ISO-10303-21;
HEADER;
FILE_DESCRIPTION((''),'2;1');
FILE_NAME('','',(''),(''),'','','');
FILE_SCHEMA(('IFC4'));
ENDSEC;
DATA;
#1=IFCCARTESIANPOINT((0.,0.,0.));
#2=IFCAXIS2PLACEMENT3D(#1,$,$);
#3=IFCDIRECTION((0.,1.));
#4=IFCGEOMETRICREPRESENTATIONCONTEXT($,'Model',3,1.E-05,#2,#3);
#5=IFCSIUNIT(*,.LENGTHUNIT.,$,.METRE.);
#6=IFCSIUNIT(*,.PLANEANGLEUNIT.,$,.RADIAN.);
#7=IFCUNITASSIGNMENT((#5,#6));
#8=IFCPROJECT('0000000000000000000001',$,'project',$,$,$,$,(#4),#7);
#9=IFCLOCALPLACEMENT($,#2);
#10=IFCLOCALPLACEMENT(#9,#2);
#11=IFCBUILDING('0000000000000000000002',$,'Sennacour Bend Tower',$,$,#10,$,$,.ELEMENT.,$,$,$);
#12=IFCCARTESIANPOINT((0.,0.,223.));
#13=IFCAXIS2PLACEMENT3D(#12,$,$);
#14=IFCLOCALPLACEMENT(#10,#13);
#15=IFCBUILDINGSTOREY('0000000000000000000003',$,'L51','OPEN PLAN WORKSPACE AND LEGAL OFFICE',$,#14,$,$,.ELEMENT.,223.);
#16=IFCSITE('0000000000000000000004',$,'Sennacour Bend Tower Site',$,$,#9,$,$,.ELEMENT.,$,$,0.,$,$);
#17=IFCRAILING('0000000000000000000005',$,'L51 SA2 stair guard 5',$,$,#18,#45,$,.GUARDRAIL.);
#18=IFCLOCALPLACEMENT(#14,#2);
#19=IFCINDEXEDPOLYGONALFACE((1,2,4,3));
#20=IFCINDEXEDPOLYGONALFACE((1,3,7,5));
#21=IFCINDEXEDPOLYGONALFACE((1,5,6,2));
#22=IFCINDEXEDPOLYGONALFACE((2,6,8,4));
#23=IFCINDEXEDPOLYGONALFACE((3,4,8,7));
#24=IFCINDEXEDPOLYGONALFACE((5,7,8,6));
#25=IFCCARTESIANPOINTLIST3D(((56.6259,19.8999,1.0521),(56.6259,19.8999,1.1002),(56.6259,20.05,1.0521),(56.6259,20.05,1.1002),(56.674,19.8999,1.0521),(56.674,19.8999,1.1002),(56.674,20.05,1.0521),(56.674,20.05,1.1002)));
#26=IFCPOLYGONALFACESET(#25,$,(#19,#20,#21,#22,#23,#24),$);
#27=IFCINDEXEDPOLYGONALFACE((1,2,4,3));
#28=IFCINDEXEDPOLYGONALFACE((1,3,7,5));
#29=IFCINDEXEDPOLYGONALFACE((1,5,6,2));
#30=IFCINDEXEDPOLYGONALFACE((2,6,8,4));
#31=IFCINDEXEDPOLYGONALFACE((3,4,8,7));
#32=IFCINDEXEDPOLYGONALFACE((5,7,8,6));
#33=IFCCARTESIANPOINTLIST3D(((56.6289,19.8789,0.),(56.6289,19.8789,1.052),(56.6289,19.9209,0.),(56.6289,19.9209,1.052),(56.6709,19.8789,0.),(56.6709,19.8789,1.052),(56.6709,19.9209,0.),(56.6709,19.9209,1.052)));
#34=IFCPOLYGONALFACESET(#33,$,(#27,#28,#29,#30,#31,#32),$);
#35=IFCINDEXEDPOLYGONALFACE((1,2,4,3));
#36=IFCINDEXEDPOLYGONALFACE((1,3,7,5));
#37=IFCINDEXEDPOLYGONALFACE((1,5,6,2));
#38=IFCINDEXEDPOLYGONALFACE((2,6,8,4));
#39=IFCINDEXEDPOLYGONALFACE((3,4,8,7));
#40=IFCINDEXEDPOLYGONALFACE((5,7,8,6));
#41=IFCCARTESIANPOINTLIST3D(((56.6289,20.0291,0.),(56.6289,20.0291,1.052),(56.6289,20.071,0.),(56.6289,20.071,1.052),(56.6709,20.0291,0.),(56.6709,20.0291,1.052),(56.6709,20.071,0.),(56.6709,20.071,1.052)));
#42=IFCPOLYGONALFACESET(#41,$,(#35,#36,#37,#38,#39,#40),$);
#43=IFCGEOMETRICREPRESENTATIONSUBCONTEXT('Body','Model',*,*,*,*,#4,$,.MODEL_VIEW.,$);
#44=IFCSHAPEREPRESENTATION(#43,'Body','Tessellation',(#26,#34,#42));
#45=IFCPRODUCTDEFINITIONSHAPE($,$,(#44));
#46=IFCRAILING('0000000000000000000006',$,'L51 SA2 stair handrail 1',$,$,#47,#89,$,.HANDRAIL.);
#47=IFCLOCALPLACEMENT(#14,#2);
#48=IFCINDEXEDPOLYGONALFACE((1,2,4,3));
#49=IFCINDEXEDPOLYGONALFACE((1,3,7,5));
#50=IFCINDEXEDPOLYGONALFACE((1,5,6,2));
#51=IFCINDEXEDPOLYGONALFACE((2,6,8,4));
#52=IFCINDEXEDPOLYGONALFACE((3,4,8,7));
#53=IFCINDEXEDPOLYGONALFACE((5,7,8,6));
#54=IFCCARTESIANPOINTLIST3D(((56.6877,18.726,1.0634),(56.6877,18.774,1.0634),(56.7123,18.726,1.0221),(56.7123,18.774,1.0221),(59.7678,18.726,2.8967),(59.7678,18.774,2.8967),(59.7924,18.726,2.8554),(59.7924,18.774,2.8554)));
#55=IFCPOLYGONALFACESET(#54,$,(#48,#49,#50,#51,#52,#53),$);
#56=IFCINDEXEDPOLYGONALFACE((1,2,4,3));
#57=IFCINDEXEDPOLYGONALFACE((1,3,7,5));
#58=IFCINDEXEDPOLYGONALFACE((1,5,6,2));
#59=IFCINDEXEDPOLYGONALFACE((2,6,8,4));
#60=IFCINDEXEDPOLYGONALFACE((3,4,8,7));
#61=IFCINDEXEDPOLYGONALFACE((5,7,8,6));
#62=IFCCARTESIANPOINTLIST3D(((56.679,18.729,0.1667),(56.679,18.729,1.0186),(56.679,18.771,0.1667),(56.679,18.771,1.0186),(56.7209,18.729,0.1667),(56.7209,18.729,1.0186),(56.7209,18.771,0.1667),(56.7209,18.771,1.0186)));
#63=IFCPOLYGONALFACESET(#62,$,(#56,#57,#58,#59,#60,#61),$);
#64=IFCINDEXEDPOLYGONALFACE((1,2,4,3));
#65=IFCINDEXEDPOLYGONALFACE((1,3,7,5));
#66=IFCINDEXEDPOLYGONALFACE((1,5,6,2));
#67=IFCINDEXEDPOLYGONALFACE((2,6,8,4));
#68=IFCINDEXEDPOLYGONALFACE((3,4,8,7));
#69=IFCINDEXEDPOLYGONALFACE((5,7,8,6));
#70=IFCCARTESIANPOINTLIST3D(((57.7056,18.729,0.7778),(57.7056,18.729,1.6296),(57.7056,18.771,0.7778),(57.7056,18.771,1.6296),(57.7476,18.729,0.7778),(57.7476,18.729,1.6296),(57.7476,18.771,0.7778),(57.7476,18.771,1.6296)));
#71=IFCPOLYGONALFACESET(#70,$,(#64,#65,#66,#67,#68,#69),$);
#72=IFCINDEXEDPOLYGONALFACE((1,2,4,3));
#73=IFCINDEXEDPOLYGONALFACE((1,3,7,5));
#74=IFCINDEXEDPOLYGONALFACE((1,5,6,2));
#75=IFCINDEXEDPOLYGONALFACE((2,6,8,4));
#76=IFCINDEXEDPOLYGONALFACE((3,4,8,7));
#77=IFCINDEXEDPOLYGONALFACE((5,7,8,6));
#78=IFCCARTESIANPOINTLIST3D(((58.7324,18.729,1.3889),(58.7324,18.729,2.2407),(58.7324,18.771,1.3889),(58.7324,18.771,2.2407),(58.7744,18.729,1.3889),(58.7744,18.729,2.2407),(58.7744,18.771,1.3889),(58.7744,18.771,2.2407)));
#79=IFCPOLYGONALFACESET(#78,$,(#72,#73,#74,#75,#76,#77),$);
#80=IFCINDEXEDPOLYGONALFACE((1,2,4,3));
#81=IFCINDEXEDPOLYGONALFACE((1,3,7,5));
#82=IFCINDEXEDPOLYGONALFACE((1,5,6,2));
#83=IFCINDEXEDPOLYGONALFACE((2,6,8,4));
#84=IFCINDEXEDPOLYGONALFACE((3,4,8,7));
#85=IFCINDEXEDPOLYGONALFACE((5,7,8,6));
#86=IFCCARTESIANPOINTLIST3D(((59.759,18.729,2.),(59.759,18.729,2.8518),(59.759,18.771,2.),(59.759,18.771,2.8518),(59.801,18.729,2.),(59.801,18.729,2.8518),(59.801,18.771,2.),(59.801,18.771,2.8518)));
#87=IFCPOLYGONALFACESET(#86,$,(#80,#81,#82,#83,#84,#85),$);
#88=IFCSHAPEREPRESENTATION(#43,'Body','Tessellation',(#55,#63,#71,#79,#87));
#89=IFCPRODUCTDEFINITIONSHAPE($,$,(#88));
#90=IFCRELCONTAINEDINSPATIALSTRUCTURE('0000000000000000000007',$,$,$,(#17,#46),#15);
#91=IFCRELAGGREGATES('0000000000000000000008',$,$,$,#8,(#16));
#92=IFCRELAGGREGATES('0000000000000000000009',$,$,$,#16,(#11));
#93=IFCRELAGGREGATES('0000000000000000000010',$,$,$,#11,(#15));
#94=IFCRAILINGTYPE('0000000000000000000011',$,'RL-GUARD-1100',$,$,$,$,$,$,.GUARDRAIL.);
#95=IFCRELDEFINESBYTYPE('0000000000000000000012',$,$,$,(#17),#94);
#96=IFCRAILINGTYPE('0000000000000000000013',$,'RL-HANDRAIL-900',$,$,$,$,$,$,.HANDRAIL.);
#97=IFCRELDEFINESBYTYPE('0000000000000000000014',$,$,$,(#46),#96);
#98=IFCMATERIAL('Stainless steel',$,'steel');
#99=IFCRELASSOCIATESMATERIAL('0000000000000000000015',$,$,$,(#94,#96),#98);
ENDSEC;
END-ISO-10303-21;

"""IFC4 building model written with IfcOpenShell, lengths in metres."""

from ifc_helpers import new_model, si_unit, direction, frame, origin, origin_2d, place, context, subcontext, project, spatial, rectangle, extrude, material, type_object, element, save


model = new_model("IFC4")

# Units and contexts
model_context = context("Model", 3, precision=1e-05, world=origin(), true_north=direction((0.0, 1.0)))
body_context = subcontext(model_context, "Body", "Model", "MODEL_VIEW")
ifc_project = project(units=[si_unit("LENGTHUNIT", "METRE"), si_unit("PLANEANGLEUNIT", "RADIAN")], contexts=[model_context])

# Site, building, storey
site_placement = place(None, origin())
site = spatial("IfcSite", under=ifc_project, at=site_placement, Name="Sennacour Bend Tower Site", CompositionType="ELEMENT", RefElevation=0.0)
building_placement = place(site_placement, origin())
building = spatial("IfcBuilding", under=site, at=building_placement, Name="Sennacour Bend Tower", CompositionType="ELEMENT")
storey_placement = place(building_placement, frame((0.0, 0.0, 223.0)))
storey = spatial("IfcBuildingStorey", under=building, at=storey_placement, Name="L51", Description="OPEN PLAN WORKSPACE AND LEGAL OFFICE", CompositionType="ELEMENT", Elevation=223.0)

# Shared definitions
ifc_material_1 = material(Name="Stainless steel", Category="steel")

# Railings
railing_type_1 = type_object("IfcRailingType", Name="RL-GUARD-1100", PredefinedType="GUARDRAIL", material=ifc_material_1)
railing_1_placement = place(storey_placement, frame((56.6499, 19.8999, 0.0)))
element("IfcRailing", 1, at=railing_1_placement, inside=storey, type_object=railing_type_1, Name="L51 SA2 stair guard 5", PredefinedType="GUARDRAIL", context=body_context, shape_type="SweptSolid", body=[
    extrude(rectangle(XDim=0.0481, YDim=0.0481, at=origin_2d()), frame((0.0, 0.0, 1.0762), z_axis=(0.0, 1.0, 0.0), x_axis=(-1.0, 0.0, 0.0)), (0.0, 0.0, 1.0), 0.1501),
    extrude(rectangle(XDim=0.042, YDim=0.042, at=origin_2d()), origin(), (0.0, 0.0, 1.0), 1.052),
    extrude(rectangle(XDim=0.042, YDim=0.042, at=origin_2d()), frame((0.0, 0.1501, 0.0)), (0.0, 0.0, 1.0), 1.052),
])
railing_type_2 = type_object("IfcRailingType", Name="RL-HANDRAIL-900", PredefinedType="HANDRAIL", material=ifc_material_1)
railing_2_placement = place(storey_placement, frame((56.7, 18.75, 0.1667)))
element("IfcRailing", 2, at=railing_2_placement, inside=storey, type_object=railing_type_2, Name="L51 SA2 stair handrail 1", PredefinedType="HANDRAIL", context=body_context, shape_type="SweptSolid", body=[
    extrude(rectangle(XDim=0.0481, YDim=0.0481, at=origin_2d()), frame((0.0, 0.0, 0.876), z_axis=(0.859309, 0.0, 0.511458), x_axis=(0.0, 1.0, 0.0)), (0.0, 0.0, 1.0), 3.5845),
    extrude(rectangle(XDim=0.042, YDim=0.042, at=origin_2d()), origin(), (0.0, 0.0, 1.0), 0.8518),
    extrude(rectangle(XDim=0.042, YDim=0.042, at=origin_2d()), frame((1.0266, 0.0, 0.6111)), (0.0, 0.0, 1.0), 0.8518),
    extrude(rectangle(XDim=0.042, YDim=0.042, at=origin_2d()), frame((2.0535, 0.0, 1.2222)), (0.0, 0.0, 1.0), 0.8518),
    extrude(rectangle(XDim=0.042, YDim=0.042, at=origin_2d()), frame((3.0801, 0.0, 1.8333)), (0.0, 0.0, 1.0), 0.8518),
])

save(model, "model.ifc")
